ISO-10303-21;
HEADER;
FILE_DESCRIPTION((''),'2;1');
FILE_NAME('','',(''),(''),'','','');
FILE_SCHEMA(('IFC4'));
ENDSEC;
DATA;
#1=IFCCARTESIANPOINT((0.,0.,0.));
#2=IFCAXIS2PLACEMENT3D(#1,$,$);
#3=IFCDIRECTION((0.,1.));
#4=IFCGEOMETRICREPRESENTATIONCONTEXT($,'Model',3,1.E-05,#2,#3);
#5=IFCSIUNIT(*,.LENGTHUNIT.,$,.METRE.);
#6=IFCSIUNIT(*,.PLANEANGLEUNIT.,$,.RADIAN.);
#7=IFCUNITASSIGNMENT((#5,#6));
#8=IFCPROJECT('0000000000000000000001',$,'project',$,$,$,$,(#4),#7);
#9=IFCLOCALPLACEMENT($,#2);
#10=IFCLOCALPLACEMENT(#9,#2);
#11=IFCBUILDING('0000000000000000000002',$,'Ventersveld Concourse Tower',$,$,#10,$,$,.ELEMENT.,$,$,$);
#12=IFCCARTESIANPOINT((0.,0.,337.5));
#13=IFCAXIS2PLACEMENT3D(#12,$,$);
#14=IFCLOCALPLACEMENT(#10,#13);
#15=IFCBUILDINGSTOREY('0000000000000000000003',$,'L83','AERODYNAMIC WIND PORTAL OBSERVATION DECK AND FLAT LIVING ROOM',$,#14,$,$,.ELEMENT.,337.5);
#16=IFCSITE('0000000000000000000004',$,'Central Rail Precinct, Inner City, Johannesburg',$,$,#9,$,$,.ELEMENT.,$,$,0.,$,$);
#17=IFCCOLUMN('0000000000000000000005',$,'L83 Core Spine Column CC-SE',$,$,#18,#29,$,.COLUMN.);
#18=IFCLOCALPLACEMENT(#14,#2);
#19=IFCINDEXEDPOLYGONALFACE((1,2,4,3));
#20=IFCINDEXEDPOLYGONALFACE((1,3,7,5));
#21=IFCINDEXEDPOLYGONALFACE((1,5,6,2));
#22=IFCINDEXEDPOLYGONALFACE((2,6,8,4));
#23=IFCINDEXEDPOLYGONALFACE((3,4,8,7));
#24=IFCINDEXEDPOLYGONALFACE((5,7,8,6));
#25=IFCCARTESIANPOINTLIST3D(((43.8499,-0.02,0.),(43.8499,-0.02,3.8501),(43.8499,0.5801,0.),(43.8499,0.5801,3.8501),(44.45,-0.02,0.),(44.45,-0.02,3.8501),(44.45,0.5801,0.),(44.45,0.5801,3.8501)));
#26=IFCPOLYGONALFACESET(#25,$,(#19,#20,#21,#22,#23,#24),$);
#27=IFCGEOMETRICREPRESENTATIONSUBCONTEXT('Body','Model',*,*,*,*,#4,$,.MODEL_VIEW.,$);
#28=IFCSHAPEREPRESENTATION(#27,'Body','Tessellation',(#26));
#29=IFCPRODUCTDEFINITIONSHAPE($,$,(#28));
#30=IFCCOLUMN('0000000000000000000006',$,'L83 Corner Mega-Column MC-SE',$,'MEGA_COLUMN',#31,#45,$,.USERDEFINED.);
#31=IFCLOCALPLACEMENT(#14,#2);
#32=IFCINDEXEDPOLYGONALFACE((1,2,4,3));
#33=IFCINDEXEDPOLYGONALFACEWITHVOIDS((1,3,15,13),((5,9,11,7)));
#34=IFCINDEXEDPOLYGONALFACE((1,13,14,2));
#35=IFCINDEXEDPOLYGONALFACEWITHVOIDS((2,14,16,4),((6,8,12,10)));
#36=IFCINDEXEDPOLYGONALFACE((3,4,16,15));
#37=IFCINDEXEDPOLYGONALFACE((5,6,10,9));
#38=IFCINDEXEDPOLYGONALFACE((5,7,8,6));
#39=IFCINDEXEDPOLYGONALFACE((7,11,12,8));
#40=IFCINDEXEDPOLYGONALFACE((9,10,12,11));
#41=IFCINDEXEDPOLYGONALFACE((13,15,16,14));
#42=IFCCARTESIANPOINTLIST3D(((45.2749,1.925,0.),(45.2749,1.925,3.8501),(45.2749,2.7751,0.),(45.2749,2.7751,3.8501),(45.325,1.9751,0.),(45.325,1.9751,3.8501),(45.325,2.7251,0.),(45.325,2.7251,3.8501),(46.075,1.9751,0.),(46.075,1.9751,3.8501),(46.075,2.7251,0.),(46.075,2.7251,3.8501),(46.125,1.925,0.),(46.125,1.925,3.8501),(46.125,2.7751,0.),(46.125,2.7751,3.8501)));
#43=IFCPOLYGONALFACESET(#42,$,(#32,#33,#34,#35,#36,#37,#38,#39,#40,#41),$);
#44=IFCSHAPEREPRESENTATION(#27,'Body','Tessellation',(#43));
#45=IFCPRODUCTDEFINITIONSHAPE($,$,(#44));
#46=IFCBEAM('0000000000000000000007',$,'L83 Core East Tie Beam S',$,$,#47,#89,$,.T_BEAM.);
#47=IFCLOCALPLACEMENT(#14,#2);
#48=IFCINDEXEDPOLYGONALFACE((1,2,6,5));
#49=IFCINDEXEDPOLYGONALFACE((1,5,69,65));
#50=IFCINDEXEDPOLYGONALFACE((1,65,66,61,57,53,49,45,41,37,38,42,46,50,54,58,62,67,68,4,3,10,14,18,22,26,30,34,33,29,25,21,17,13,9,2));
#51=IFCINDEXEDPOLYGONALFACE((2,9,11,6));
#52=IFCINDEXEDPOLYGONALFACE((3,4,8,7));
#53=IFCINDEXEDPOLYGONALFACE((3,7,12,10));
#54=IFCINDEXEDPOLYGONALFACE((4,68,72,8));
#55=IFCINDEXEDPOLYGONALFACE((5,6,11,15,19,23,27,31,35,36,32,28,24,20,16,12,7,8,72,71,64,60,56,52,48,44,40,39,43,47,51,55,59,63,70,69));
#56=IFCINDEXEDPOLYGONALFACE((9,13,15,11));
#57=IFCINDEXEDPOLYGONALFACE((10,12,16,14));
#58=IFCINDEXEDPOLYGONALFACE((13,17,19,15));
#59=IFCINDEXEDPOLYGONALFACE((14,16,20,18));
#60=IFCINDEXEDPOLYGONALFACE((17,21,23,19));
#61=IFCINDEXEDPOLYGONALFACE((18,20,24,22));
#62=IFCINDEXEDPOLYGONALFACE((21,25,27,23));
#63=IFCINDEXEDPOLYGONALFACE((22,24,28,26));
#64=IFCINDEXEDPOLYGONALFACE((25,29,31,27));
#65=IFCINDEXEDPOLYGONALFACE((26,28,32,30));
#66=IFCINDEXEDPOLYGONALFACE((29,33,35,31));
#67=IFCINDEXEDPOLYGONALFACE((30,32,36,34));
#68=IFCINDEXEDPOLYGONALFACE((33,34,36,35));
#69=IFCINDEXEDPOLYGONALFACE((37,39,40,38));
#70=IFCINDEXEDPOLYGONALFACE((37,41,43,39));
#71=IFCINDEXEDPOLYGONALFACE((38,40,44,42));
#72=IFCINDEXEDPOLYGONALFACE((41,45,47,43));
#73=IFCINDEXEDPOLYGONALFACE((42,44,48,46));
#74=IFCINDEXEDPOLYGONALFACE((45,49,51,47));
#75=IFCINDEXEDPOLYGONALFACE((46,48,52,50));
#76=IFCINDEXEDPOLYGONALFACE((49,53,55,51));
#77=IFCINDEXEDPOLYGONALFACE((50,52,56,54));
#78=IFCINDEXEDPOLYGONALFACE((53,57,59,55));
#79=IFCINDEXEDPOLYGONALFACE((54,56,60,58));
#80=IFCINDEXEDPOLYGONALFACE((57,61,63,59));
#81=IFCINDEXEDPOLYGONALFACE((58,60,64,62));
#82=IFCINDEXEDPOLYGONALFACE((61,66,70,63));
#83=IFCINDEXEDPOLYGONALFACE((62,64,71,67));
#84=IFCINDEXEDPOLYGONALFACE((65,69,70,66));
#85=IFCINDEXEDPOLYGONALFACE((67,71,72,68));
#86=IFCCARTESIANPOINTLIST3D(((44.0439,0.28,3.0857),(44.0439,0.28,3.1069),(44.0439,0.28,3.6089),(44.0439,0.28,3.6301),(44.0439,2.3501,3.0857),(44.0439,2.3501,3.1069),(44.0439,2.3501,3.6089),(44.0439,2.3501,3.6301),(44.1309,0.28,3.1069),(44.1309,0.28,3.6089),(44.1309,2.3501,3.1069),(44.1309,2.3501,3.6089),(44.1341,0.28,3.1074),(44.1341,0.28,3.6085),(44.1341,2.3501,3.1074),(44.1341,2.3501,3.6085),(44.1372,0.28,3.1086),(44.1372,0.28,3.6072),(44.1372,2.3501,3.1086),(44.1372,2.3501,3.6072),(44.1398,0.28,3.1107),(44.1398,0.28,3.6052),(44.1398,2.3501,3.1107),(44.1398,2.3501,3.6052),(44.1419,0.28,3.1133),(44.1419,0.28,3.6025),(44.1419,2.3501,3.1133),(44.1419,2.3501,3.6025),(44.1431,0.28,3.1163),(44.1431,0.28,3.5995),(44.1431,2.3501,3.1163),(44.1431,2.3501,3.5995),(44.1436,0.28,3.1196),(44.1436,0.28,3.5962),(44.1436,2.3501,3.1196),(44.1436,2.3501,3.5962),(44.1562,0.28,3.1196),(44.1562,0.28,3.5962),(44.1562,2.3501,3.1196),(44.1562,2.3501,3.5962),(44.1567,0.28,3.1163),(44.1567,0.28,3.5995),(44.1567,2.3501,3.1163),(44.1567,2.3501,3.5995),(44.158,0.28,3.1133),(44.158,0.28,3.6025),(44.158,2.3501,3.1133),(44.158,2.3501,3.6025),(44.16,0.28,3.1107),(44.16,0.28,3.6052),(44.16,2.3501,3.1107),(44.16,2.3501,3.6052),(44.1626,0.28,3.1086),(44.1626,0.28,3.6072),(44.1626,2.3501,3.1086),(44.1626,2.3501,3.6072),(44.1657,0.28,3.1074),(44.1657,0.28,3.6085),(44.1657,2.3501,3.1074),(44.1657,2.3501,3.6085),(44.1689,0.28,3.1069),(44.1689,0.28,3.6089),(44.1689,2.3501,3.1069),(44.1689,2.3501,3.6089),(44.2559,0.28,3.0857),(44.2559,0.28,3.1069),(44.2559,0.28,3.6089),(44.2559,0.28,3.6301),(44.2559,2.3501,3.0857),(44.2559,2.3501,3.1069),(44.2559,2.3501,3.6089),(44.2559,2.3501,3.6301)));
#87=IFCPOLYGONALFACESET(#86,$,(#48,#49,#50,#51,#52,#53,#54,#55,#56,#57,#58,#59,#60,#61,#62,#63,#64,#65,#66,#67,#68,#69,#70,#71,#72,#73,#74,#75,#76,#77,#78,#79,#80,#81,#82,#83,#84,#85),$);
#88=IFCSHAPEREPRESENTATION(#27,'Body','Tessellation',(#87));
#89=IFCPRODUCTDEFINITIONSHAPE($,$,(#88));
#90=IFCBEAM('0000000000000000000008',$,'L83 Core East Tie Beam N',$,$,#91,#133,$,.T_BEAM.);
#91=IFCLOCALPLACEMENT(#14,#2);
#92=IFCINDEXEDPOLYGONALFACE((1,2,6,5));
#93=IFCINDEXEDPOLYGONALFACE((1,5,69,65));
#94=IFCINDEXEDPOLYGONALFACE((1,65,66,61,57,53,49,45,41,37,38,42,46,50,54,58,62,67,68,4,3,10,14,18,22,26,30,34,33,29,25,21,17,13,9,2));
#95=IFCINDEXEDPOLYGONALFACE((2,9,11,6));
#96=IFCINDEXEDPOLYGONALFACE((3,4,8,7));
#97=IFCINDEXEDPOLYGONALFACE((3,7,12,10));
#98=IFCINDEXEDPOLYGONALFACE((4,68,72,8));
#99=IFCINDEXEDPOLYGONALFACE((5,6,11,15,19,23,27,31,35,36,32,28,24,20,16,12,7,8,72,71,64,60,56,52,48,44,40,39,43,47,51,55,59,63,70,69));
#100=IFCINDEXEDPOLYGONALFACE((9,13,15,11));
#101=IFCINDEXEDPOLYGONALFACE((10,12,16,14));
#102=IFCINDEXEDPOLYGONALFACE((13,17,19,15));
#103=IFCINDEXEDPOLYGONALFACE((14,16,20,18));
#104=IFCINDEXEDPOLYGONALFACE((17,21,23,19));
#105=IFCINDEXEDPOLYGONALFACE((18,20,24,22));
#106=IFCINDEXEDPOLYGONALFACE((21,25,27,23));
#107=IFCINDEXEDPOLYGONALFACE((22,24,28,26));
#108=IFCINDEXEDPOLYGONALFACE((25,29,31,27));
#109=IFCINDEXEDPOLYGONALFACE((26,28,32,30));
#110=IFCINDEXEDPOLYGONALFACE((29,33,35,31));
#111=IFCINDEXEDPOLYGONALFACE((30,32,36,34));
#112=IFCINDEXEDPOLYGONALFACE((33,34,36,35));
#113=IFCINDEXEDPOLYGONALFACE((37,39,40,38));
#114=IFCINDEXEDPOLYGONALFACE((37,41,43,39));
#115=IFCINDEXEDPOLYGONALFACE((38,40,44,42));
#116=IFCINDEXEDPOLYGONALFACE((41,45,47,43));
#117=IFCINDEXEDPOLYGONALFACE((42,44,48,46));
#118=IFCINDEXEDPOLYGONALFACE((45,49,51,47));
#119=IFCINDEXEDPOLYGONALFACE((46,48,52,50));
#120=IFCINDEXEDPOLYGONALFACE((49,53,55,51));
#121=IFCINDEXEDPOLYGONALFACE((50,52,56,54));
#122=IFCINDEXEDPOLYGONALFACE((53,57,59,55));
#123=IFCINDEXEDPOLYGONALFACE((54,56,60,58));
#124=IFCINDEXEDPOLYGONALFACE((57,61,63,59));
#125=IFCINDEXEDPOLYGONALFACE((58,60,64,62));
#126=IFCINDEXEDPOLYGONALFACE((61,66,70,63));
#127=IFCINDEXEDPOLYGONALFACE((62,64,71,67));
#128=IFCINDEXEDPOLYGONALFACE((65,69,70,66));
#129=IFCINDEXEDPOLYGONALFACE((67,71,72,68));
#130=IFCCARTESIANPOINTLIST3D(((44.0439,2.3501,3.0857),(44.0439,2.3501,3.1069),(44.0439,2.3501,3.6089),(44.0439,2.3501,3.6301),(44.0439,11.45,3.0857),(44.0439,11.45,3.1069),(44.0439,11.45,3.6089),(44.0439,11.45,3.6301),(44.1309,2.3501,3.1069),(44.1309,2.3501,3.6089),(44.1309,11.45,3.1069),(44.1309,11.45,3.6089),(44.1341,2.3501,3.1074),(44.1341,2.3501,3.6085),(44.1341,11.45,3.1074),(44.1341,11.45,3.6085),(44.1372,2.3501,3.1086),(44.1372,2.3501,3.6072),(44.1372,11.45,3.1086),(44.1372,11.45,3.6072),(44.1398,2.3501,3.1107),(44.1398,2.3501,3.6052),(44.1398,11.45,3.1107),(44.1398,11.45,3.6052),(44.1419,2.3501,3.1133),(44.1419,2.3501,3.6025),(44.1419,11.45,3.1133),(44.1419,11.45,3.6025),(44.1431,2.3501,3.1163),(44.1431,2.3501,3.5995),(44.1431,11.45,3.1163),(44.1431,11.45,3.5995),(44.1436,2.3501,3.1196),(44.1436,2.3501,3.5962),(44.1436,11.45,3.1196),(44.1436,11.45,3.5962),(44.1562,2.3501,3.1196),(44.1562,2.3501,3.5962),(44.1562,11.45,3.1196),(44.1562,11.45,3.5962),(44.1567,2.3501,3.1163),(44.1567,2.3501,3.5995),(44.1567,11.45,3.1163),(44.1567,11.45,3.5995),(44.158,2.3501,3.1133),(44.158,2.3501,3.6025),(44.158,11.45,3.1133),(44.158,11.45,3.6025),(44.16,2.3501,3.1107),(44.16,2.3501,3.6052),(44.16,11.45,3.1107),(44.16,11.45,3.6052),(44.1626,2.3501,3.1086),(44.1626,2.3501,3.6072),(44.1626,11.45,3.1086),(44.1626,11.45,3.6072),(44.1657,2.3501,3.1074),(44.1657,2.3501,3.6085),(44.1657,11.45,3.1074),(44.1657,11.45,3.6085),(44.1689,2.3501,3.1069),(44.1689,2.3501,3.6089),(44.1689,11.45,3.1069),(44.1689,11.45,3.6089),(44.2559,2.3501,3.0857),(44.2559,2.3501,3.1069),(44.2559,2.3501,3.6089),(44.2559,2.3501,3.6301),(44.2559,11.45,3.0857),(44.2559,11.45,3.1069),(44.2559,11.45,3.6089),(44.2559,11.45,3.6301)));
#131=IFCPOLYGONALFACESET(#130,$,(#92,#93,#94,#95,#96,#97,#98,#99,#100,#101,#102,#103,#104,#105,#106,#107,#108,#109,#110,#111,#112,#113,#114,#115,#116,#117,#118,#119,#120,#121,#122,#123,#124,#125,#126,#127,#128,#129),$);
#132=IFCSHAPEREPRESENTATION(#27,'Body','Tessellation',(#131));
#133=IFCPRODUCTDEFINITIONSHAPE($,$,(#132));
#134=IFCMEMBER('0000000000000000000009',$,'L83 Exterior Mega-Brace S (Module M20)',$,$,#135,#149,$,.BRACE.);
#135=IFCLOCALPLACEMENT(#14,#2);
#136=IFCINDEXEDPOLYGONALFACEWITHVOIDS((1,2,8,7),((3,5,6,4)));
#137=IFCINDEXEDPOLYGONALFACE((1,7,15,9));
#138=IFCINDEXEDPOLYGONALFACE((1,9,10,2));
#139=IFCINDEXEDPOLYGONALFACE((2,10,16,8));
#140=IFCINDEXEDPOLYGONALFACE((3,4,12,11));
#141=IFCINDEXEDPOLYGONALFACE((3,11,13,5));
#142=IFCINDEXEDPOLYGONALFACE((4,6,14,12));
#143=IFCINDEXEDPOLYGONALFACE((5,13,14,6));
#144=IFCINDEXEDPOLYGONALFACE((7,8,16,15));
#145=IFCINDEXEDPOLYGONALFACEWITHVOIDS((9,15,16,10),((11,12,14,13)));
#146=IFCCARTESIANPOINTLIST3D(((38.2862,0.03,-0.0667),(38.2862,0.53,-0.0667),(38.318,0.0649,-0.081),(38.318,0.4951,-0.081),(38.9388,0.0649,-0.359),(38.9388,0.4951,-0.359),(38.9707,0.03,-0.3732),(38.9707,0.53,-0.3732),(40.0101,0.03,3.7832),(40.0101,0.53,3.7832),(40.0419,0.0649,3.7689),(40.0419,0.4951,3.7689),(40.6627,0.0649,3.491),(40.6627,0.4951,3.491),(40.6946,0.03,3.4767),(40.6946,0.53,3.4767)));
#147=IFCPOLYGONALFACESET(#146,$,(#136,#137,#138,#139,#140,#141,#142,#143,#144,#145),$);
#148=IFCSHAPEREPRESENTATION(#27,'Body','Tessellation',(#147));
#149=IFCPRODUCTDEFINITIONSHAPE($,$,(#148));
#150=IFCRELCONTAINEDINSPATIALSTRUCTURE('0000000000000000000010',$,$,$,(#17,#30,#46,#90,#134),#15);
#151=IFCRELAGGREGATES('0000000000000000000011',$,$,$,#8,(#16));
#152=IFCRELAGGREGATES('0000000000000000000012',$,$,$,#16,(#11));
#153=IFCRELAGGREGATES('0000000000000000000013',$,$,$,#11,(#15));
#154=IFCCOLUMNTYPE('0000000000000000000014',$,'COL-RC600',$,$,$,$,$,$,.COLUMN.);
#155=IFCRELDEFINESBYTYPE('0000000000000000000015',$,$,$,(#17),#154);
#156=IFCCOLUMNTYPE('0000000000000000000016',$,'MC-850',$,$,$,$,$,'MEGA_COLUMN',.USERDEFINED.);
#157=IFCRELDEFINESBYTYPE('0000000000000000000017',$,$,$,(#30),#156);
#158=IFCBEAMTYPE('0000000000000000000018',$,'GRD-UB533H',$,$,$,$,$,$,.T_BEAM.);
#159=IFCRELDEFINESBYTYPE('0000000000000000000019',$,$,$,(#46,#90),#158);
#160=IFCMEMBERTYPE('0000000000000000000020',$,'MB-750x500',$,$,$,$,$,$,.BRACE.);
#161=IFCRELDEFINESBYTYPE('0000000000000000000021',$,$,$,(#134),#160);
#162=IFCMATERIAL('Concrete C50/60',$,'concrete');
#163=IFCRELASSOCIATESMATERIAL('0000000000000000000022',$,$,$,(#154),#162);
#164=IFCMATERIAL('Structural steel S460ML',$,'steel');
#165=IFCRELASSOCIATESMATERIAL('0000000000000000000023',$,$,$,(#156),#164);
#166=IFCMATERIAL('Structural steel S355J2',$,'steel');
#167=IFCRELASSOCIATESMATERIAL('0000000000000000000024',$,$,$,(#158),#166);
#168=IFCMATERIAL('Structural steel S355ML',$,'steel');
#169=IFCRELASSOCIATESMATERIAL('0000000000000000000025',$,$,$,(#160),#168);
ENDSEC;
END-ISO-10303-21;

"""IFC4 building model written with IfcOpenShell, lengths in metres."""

from ifc_helpers import new_model, si_unit, direction, frame, origin, origin_2d, place, context, subcontext, project, spatial, rectangle, hollow_rectangle, i_section, extrude, material, material_profile, profile_set, type_object, element, save


model = new_model("IFC4")

# Units and contexts
model_context = context("Model", 3, precision=1e-05, world=origin(), true_north=direction((0.0, 1.0)))
body_context = subcontext(model_context, "Body", "Model", "MODEL_VIEW")
ifc_project = project(units=[si_unit("LENGTHUNIT", "METRE"), si_unit("PLANEANGLEUNIT", "RADIAN")], contexts=[model_context])

# Site, building, storey
site_placement = place(None, origin())
site = spatial("IfcSite", under=ifc_project, at=site_placement, Name="Central Rail Precinct, Inner City, Johannesburg", CompositionType="ELEMENT", RefElevation=0.0)
building_placement = place(site_placement, origin())
building = spatial("IfcBuilding", under=site, at=building_placement, Name="Ventersveld Concourse Tower", CompositionType="ELEMENT")
storey_placement = place(building_placement, frame((0.0, 0.0, 337.5)))
storey = spatial("IfcBuildingStorey", under=building, at=storey_placement, Name="L83", Description="AERODYNAMIC WIND PORTAL OBSERVATION DECK AND FLAT LIVING ROOM", CompositionType="ELEMENT", Elevation=337.5)

# Columns
ifc_material_1 = material(Name="Concrete C50/60", Category="concrete")
ifc_material_profile_1 = material_profile(ifc_material_1, rectangle(XDim=0.6001, YDim=0.6001, at=origin_2d()), Name="RC 600x600")
ifc_profile_set_1 = profile_set([ifc_material_profile_1], Name="Concrete C50/60")
column_type_1 = type_object("IfcColumnType", Name="COL-RC600", PredefinedType="COLUMN", material=ifc_profile_set_1)
column_1_placement = place(storey_placement, frame((44.1499, 0.28, 0.0), z_axis=(0.0, 0.0, 1.0), x_axis=(1.0, 0.0, 0.0)))
element("IfcColumn", 1, at=column_1_placement, inside=storey, type_object=column_type_1, Name="L83 Core Spine Column CC-SE", PredefinedType="COLUMN", context=body_context, shape_type="SweptSolid", body=[
    extrude(rectangle(XDim=0.6001, YDim=0.6001, at=origin_2d()), origin(), (0.0, 0.0, 1.0), 3.8501),
])
ifc_material_2 = material(Name="Structural steel S460ML", Category="steel")
ifc_material_profile_2 = material_profile(ifc_material_2, hollow_rectangle(XDim=0.8501, YDim=0.8501, WallThickness=0.05, at=origin_2d()), Name="BOX 850x850x50")
ifc_profile_set_2 = profile_set([ifc_material_profile_2], Name="Structural steel S460ML")
column_type_2 = type_object("IfcColumnType", Name="MC-850", ElementType="MEGA_COLUMN", PredefinedType="USERDEFINED", material=ifc_profile_set_2)
column_2_placement = place(storey_placement, frame((45.7, 2.3501, 0.0), z_axis=(0.0, 0.0, 1.0), x_axis=(1.0, 0.0, 0.0)))
element("IfcColumn", 2, at=column_2_placement, inside=storey, type_object=column_type_2, Name="L83 Corner Mega-Column MC-SE", ObjectType="MEGA_COLUMN", PredefinedType="USERDEFINED", context=body_context, shape_type="SweptSolid", body=[
    extrude(hollow_rectangle(XDim=0.8501, YDim=0.8501, WallThickness=0.05, at=origin_2d()), origin(), (0.0, 0.0, 1.0), 3.8501),
])

# Beams
ifc_material_3 = material(Name="Structural steel S355J2", Category="steel")
ifc_material_profile_3 = material_profile(ifc_material_3, i_section(OverallWidth=0.2119, OverallDepth=0.5444, WebThickness=0.0127, FlangeThickness=0.0212, FilletRadius=0.0127, at=origin_2d()), Name="UB 533x210x122")
ifc_profile_set_3 = profile_set([ifc_material_profile_3], Name="Structural steel S355J2")
beam_type_1 = type_object("IfcBeamType", Name="GRD-UB533H", PredefinedType="T_BEAM", material=ifc_profile_set_3)
beam_1_placement = place(storey_placement, frame((44.1499, 0.28, 3.3579), z_axis=(0.0, 1.0, 0.0), x_axis=(-1.0, 0.0, 0.0)))
element("IfcBeam", 3, at=beam_1_placement, inside=storey, type_object=beam_type_1, Name="L83 Core East Tie Beam S", PredefinedType="T_BEAM", context=body_context, shape_type="SweptSolid", body=[
    extrude(i_section(OverallWidth=0.2119, OverallDepth=0.5444, WebThickness=0.0127, FlangeThickness=0.0212, FilletRadius=0.0127, at=origin_2d()), origin(), (0.0, 0.0, 1.0), 2.0701),
])
beam_2_placement = place(storey_placement, frame((44.1499, 2.3501, 3.3579), z_axis=(0.0, 1.0, 0.0), x_axis=(-1.0, 0.0, 0.0)))
element("IfcBeam", 4, at=beam_2_placement, inside=storey, type_object=beam_type_1, Name="L83 Core East Tie Beam N", PredefinedType="T_BEAM", context=body_context, shape_type="SweptSolid", body=[
    extrude(i_section(OverallWidth=0.2119, OverallDepth=0.5444, WebThickness=0.0127, FlangeThickness=0.0212, FilletRadius=0.0127, at=origin_2d()), origin(), (0.0, 0.0, 1.0), 9.0999),
])

# Member
ifc_material_4 = material(Name="Structural steel S355ML", Category="steel")
ifc_material_profile_4 = material_profile(ifc_material_4, hollow_rectangle(XDim=0.5, YDim=0.75, WallThickness=0.0349, at=origin_2d()), Name="BOX 750x500x35")
ifc_profile_set_4 = profile_set([ifc_material_profile_4], Name="Structural steel S355ML")
member_type = type_object("IfcMemberType", Name="MB-750x500", PredefinedType="BRACE", material=ifc_profile_set_4)
member_placement = place(storey_placement, frame((38.6284, 0.28, -0.22), z_axis=(0.408677, 0.0, 0.912679), x_axis=(0.0, 1.0, 0.0)))
element("IfcMember", 5, at=member_placement, inside=storey, type_object=member_type, Name="L83 Exterior Mega-Brace S (Module M20)", PredefinedType="BRACE", context=body_context, shape_type="SweptSolid", body=[
    extrude(hollow_rectangle(XDim=0.5, YDim=0.75, WallThickness=0.0349, at=origin_2d()), origin(), (0.0, 0.0, 1.0), 4.2183),
])

save(model, "model.ifc")
